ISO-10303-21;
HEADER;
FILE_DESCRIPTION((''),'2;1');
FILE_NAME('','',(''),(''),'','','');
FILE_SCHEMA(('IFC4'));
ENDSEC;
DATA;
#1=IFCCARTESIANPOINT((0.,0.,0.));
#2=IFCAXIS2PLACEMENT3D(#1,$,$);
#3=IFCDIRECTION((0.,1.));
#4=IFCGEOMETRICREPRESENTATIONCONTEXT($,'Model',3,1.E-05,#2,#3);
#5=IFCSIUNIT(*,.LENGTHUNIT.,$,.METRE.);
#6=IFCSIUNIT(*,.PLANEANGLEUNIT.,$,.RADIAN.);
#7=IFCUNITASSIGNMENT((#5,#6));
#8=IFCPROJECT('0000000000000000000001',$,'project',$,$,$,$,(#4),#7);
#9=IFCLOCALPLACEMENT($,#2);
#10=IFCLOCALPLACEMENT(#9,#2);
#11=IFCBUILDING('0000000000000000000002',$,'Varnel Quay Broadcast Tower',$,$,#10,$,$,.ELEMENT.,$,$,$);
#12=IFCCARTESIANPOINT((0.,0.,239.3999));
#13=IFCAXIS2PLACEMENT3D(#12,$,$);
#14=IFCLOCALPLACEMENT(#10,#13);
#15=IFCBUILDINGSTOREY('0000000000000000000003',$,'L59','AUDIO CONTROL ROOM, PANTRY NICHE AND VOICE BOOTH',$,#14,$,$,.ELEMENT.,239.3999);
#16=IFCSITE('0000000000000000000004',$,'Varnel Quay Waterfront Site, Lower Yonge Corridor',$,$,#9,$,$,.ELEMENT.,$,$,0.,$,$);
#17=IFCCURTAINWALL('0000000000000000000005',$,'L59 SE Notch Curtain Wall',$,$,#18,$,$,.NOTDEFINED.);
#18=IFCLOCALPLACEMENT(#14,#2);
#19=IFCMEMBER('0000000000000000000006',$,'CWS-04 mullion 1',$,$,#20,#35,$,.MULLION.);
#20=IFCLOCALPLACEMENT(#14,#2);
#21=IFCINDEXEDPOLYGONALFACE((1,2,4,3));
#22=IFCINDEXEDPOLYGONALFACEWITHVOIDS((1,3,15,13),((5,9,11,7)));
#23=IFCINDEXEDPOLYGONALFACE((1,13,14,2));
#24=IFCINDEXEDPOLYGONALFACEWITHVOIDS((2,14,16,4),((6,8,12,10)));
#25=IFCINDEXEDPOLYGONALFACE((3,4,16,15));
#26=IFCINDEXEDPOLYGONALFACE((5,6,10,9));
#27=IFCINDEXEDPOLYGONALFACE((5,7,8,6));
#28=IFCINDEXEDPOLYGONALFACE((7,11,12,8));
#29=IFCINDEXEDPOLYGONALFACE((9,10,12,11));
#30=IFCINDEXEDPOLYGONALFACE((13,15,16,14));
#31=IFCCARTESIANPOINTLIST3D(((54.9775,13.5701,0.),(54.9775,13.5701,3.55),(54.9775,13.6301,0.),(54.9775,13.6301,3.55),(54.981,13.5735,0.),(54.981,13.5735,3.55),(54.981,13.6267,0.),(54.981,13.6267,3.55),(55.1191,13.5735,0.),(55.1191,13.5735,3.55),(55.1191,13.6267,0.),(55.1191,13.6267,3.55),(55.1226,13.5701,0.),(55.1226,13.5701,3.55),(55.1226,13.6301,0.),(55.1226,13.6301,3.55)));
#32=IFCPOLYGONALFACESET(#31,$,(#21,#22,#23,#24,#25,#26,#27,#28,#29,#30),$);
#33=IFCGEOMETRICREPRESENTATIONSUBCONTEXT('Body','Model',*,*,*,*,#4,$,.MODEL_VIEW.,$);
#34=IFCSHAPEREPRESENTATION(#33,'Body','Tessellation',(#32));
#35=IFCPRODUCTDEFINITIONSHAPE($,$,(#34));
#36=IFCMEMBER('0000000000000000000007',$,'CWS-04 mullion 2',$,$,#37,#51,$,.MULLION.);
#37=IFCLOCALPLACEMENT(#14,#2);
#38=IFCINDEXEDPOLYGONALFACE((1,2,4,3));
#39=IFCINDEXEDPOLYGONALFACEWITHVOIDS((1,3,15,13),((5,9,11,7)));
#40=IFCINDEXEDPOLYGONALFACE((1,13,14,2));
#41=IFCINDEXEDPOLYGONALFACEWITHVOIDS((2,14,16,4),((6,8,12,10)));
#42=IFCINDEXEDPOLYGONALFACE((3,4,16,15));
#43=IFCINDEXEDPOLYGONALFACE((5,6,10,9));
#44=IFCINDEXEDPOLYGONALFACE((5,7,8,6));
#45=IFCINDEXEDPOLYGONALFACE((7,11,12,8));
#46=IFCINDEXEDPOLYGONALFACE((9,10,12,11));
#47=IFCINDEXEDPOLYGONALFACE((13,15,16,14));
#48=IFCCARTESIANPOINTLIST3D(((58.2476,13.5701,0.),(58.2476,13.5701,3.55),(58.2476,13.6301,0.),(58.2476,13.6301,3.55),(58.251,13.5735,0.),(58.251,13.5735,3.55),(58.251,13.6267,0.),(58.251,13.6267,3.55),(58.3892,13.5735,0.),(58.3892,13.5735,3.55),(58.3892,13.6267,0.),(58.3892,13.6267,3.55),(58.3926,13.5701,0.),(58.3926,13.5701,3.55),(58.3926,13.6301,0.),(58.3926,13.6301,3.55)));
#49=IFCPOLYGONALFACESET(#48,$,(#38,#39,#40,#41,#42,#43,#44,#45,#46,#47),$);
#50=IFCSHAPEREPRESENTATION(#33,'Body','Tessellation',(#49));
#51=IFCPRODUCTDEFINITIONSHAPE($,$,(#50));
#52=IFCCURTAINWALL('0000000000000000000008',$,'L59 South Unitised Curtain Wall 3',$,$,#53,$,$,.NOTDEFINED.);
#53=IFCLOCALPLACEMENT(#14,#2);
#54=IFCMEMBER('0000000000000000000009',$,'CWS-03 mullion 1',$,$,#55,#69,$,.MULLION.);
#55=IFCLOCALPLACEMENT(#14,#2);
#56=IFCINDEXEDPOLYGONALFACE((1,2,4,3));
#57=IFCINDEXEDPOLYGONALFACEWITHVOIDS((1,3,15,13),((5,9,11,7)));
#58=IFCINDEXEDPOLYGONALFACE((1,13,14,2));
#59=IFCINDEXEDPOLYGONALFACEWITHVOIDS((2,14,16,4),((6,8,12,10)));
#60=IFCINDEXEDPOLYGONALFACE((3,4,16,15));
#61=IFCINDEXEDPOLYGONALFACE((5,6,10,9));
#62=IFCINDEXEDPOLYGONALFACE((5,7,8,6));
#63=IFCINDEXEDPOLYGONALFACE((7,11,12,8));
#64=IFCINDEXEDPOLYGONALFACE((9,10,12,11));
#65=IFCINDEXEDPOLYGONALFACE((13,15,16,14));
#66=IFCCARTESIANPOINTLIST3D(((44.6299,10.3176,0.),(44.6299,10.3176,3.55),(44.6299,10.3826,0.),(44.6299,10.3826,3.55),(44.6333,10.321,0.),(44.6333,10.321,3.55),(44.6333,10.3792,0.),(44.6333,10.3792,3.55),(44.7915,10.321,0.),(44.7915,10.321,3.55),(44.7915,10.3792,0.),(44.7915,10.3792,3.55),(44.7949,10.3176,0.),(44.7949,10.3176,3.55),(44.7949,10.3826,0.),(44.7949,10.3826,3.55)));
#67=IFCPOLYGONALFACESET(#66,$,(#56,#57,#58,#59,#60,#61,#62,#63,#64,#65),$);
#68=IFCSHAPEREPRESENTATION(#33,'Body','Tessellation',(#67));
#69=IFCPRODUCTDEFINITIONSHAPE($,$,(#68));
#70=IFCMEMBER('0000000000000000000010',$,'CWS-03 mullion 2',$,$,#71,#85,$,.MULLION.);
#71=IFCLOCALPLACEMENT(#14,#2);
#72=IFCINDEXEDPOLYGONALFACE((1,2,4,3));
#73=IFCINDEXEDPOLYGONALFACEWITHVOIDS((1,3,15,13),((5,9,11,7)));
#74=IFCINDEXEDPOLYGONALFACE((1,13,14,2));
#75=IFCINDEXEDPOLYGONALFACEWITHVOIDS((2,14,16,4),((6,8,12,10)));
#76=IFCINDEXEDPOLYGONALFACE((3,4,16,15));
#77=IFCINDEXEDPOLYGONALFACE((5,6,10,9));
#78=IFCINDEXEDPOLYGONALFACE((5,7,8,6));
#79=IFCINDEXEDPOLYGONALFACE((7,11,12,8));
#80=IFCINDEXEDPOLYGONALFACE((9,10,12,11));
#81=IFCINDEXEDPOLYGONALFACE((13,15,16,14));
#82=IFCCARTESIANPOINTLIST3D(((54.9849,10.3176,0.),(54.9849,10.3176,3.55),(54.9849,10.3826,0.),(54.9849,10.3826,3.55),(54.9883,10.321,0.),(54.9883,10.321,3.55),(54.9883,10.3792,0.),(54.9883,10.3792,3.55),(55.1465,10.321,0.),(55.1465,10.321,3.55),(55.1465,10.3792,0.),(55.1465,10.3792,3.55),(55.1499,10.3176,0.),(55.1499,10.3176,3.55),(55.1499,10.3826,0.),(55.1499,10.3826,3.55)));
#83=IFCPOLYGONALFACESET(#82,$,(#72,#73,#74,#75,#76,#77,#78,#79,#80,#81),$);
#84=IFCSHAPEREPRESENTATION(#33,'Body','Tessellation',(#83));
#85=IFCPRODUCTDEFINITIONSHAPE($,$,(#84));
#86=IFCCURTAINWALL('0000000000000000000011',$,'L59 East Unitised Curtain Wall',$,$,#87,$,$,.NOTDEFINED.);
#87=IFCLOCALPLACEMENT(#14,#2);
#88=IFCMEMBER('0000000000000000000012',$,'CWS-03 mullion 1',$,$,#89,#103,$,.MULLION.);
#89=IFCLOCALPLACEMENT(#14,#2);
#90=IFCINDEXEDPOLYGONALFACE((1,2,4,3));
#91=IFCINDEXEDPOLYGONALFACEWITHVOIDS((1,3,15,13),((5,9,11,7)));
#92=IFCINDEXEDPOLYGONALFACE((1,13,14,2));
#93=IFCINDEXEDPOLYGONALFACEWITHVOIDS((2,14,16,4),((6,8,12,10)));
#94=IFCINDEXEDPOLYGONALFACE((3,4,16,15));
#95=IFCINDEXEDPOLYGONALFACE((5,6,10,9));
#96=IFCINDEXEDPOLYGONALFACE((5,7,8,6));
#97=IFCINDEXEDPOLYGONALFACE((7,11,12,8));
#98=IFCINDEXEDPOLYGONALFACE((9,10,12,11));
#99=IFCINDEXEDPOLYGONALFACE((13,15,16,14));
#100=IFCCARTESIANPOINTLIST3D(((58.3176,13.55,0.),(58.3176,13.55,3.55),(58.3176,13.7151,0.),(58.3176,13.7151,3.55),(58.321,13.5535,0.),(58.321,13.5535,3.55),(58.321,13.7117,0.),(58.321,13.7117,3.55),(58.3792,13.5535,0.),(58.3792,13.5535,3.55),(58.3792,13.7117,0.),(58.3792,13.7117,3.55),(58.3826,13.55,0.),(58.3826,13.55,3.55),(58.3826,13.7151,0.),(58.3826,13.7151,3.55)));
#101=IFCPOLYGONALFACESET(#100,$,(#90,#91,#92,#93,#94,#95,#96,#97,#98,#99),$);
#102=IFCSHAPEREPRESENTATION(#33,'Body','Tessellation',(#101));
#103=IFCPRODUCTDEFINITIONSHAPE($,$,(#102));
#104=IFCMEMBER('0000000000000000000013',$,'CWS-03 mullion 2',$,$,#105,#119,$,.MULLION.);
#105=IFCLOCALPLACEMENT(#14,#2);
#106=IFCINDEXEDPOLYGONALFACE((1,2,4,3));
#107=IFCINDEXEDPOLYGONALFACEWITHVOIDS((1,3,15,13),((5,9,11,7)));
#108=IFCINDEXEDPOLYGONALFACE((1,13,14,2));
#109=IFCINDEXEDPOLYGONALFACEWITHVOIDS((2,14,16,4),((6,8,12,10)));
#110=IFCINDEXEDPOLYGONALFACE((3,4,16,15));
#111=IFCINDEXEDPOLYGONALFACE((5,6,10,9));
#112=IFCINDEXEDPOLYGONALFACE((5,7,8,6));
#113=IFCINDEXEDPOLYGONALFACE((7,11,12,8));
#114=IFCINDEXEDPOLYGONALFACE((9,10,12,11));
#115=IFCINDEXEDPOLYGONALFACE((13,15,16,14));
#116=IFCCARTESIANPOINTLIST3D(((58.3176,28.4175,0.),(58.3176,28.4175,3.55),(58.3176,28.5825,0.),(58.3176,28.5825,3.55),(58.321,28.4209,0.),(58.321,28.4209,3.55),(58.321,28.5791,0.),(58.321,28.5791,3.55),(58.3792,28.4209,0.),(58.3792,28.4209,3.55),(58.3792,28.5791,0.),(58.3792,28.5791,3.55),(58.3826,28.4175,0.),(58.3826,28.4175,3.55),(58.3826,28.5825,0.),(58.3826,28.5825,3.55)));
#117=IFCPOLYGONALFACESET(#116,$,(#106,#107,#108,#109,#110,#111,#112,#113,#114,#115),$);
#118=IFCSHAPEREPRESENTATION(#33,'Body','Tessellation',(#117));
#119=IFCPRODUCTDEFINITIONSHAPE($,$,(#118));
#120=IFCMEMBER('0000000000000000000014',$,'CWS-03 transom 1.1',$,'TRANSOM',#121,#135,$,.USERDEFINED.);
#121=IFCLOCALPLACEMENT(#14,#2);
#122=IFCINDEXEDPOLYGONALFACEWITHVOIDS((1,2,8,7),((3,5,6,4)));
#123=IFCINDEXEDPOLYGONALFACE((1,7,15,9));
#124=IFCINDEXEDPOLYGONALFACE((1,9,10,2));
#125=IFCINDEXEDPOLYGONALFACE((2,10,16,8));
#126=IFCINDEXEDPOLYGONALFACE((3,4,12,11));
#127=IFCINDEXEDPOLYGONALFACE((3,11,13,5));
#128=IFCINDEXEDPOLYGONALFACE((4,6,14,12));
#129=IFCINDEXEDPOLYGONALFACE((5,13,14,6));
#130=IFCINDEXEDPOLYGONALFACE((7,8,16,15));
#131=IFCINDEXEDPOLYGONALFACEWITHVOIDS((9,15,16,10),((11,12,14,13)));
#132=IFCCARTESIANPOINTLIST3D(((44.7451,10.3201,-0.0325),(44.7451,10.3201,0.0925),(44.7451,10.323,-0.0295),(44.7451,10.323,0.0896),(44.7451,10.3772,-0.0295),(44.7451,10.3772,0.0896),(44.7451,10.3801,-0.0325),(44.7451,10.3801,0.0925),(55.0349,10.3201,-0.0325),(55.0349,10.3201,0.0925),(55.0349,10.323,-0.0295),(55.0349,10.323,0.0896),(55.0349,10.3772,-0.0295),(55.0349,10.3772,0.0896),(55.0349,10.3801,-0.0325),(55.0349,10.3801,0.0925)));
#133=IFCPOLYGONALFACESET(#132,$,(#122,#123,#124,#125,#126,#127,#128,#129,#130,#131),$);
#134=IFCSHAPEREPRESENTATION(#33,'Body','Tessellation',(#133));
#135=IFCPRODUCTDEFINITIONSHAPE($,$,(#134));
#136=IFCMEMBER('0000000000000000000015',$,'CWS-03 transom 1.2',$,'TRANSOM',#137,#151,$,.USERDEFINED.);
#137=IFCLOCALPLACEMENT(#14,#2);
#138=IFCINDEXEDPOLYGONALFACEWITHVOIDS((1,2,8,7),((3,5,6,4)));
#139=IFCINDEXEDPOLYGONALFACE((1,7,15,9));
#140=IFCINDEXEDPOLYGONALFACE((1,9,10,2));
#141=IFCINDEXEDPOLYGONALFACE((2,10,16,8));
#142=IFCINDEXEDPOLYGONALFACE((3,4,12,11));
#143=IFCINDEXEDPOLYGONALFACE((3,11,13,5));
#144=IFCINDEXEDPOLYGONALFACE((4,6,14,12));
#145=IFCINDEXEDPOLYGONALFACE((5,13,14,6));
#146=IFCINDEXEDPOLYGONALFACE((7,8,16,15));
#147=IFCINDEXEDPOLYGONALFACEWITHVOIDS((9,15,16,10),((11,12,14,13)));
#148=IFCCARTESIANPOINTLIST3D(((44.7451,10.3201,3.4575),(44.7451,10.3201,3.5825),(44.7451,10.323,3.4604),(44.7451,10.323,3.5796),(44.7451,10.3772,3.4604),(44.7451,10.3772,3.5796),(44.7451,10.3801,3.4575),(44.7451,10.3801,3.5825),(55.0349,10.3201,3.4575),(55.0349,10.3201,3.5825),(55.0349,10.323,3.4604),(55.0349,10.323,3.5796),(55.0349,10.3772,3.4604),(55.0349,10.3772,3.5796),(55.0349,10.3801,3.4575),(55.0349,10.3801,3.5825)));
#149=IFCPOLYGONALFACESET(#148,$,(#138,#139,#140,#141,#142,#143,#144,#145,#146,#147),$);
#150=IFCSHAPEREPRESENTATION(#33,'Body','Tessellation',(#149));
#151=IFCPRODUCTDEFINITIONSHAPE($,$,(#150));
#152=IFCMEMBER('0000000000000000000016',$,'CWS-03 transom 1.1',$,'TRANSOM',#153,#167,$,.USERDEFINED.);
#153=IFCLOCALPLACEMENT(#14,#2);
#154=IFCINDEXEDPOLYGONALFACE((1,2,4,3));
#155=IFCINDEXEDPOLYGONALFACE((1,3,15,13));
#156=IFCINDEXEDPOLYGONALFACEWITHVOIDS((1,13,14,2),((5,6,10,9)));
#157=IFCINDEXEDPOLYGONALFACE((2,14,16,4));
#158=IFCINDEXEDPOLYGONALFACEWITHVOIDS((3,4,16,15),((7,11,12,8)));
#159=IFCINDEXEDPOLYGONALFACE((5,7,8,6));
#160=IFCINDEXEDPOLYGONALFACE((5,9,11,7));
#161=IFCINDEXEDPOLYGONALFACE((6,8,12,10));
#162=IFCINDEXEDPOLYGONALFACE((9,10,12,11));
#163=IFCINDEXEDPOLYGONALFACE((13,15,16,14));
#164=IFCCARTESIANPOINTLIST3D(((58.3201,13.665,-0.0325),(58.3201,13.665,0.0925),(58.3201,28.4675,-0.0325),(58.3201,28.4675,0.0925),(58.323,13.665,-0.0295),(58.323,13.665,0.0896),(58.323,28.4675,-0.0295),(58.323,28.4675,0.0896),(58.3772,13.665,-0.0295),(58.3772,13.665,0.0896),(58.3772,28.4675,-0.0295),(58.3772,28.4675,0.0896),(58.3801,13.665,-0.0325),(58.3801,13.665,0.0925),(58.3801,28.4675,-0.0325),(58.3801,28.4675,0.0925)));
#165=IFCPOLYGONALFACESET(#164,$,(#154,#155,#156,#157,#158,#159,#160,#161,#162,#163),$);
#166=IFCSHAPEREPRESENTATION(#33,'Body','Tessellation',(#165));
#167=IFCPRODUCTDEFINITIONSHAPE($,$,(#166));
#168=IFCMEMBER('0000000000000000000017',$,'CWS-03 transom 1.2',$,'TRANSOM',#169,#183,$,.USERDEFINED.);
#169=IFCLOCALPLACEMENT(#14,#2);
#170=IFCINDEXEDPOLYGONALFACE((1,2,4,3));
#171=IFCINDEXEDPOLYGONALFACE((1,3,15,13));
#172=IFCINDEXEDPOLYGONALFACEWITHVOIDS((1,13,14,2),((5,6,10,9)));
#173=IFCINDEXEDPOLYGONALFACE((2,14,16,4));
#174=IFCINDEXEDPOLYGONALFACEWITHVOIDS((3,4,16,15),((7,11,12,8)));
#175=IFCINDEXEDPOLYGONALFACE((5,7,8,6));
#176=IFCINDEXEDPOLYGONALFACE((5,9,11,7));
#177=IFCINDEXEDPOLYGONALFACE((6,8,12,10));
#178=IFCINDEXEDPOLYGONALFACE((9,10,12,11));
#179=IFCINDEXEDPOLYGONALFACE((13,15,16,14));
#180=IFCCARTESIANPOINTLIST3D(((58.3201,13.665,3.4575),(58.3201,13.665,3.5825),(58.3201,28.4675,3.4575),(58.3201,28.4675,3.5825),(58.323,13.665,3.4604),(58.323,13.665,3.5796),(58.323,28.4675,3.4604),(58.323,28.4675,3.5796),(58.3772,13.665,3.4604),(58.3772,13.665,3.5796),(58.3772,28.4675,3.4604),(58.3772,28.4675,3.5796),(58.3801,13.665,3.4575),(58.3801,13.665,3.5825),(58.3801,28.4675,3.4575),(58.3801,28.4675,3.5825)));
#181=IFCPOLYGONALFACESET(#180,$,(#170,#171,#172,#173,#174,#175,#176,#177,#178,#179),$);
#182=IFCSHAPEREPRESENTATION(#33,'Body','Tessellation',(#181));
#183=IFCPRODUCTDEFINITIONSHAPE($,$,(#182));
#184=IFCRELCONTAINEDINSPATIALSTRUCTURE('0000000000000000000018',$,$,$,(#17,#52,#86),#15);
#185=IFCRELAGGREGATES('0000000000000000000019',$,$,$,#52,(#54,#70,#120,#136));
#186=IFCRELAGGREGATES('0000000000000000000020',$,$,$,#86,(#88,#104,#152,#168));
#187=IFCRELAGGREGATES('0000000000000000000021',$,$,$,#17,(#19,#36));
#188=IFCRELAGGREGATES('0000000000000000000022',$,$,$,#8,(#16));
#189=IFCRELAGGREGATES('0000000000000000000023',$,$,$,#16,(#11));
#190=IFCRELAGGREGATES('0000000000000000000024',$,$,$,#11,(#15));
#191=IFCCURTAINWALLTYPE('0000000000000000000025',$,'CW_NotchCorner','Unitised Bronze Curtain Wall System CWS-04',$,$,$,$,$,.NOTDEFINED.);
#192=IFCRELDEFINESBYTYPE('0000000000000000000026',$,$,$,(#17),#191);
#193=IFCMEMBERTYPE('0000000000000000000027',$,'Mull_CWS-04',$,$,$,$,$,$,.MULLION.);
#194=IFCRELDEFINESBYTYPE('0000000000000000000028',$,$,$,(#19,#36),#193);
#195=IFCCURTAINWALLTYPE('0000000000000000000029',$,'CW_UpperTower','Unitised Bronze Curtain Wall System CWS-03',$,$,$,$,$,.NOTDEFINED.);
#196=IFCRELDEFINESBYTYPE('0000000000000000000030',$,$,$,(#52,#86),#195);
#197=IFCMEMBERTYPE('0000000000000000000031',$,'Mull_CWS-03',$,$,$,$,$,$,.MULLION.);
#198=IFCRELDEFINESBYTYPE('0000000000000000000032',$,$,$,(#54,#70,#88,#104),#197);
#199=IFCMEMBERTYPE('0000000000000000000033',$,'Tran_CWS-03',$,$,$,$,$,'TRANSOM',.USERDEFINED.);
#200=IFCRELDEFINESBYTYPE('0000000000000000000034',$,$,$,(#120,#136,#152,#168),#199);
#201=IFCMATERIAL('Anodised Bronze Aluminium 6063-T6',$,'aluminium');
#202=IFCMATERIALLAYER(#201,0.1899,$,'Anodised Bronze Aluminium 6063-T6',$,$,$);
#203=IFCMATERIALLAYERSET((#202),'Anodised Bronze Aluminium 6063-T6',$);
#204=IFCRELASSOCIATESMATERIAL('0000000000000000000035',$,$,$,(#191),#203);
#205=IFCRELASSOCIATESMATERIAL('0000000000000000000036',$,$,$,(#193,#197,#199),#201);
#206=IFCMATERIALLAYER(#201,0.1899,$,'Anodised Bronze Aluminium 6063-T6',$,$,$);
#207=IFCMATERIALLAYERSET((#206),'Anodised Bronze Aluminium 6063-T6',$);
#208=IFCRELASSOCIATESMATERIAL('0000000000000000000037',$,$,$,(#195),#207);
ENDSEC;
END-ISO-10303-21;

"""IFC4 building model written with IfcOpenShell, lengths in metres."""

from ifc_helpers import new_model, si_unit, direction, frame, origin, origin_2d, place, context, subcontext, project, spatial, hollow_rectangle, extrude, source, transform, mapped, material, layer, layer_set, material_profile, profile_set, type_object, type_shapes, element, aggregate, save


model = new_model("IFC4")

# Units and contexts
model_context = context("Model", 3, precision=1e-05, world=origin(), true_north=direction((0.0, 1.0)))
body_context = subcontext(model_context, "Body", "Model", "MODEL_VIEW")
ifc_project = project(units=[si_unit("LENGTHUNIT", "METRE"), si_unit("PLANEANGLEUNIT", "RADIAN")], contexts=[model_context])

# Site, building, storey
site_placement = place(None, origin())
site = spatial("IfcSite", under=ifc_project, at=site_placement, Name="Varnel Quay Waterfront Site, Lower Yonge Corridor", CompositionType="ELEMENT", RefElevation=0.0)
building_placement = place(site_placement, origin())
building = spatial("IfcBuilding", under=site, at=building_placement, Name="Varnel Quay Broadcast Tower", CompositionType="ELEMENT")
storey_placement = place(building_placement, frame((0.0, 0.0, 239.3999)))
storey = spatial("IfcBuildingStorey", under=building, at=storey_placement, Name="L59", Description="AUDIO CONTROL ROOM, PANTRY NICHE AND VOICE BOOTH", CompositionType="ELEMENT", Elevation=239.3999)

# Curtain walls, members
ifc_material_1 = material(Name="Anodised Bronze Aluminium 6063-T6", Category="aluminium")
ifc_layer_1 = layer(ifc_material_1, 0.1899, Name="Anodised Bronze Aluminium 6063-T6")
ifc_layer_set_1 = layer_set([ifc_layer_1], Name="Anodised Bronze Aluminium 6063-T6")
curtain_wall_type_1 = type_object("IfcCurtainWallType", Name="CW_NotchCorner", Description="Unitised Bronze Curtain Wall System CWS-04", PredefinedType="NOTDEFINED", material=ifc_layer_set_1)
curtain_wall_1_placement = place(storey_placement, origin())
curtain_wall_1 = element("IfcCurtainWall", 1, at=curtain_wall_1_placement, inside=storey, type_object=curtain_wall_type_1, Name="L59 SE Notch Curtain Wall", PredefinedType="NOTDEFINED")
ifc_material_profile_1 = material_profile(ifc_material_1, hollow_rectangle(XDim=0.0601, YDim=0.145, WallThickness=0.0034, at=origin_2d()), Name="ALU60X145X3.5")
ifc_profile_set_1 = profile_set([ifc_material_profile_1], Name="Anodised Bronze Aluminium 6063-T6")
member_type_1 = type_object("IfcMemberType", Name="Mull_CWS-04", PredefinedType="MULLION", material=ifc_profile_set_1)
shared_shape_1 = source(origin(), body_context, "Body", "SweptSolid", [
    extrude(hollow_rectangle(XDim=0.0601, YDim=0.145, WallThickness=0.0034, at=origin_2d()), origin(), (0.0, 0.0, 1.0), 3.55),
])
type_shapes(member_type_1, [shared_shape_1])
member_1_placement = place(storey_placement, frame((55.05, 13.6001, 0.0), z_axis=(0.0, 0.0, 1.0), x_axis=(0.0, 1.0, 0.0)))
member_1 = element("IfcMember", 2, at=member_1_placement, type_object=member_type_1, Name="CWS-04 mullion 1", PredefinedType="MULLION", context=body_context, shape_type="MappedRepresentation", body=[
    mapped(shared_shape_1, transform((0.0, 0.0, 0.0), x_axis=(1.0, 0.0, 0.0), y_axis=(0.0, 1.0, 0.0), z_axis=(0.0, 0.0, 1.0), scale=1.0)),
])
member_2_placement = place(storey_placement, frame((58.3201, 13.6001, 0.0), z_axis=(0.0, 0.0, 1.0), x_axis=(0.0, 1.0, 0.0)))
member_2 = element("IfcMember", 3, at=member_2_placement, type_object=member_type_1, Name="CWS-04 mullion 2", PredefinedType="MULLION", context=body_context, shape_type="MappedRepresentation", body=[
    mapped(shared_shape_1, transform((0.0, 0.0, 0.0), x_axis=(1.0, 0.0, 0.0), y_axis=(0.0, 1.0, 0.0), z_axis=(0.0, 0.0, 1.0), scale=1.0)),
])
ifc_layer_2 = layer(ifc_material_1, 0.1899, Name="Anodised Bronze Aluminium 6063-T6")
ifc_layer_set_2 = layer_set([ifc_layer_2], Name="Anodised Bronze Aluminium 6063-T6")
curtain_wall_type_2 = type_object("IfcCurtainWallType", Name="CW_UpperTower", Description="Unitised Bronze Curtain Wall System CWS-03", PredefinedType="NOTDEFINED", material=ifc_layer_set_2)
curtain_wall_2_placement = place(storey_placement, origin())
curtain_wall_2 = element("IfcCurtainWall", 4, at=curtain_wall_2_placement, inside=storey, type_object=curtain_wall_type_2, Name="L59 South Unitised Curtain Wall 3", PredefinedType="NOTDEFINED")
ifc_material_profile_2 = material_profile(ifc_material_1, hollow_rectangle(XDim=0.0649, YDim=0.165, WallThickness=0.0034, at=origin_2d()), Name="ALU65X165X3.5")
ifc_profile_set_2 = profile_set([ifc_material_profile_2], Name="Anodised Bronze Aluminium 6063-T6")
member_type_2 = type_object("IfcMemberType", Name="Mull_CWS-03", PredefinedType="MULLION", material=ifc_profile_set_2)
shared_shape_2 = source(origin(), body_context, "Body", "SweptSolid", [
    extrude(hollow_rectangle(XDim=0.0649, YDim=0.165, WallThickness=0.0034, at=origin_2d()), origin(), (0.0, 0.0, 1.0), 3.55),
])
type_shapes(member_type_2, [shared_shape_2])
member_3_placement = place(storey_placement, frame((44.7124, 10.3501, 0.0), z_axis=(0.0, 0.0, 1.0), x_axis=(0.0, 1.0, 0.0)))
member_3 = element("IfcMember", 5, at=member_3_placement, type_object=member_type_2, Name="CWS-03 mullion 1", PredefinedType="MULLION", context=body_context, shape_type="MappedRepresentation", body=[
    mapped(shared_shape_2, transform((0.0, 0.0, 0.0), x_axis=(1.0, 0.0, 0.0), y_axis=(0.0, 1.0, 0.0), z_axis=(0.0, 0.0, 1.0), scale=1.0)),
])
member_4_placement = place(storey_placement, frame((55.0674, 10.3501, 0.0), z_axis=(0.0, 0.0, 1.0), x_axis=(0.0, 1.0, 0.0)))
member_4 = element("IfcMember", 6, at=member_4_placement, type_object=member_type_2, Name="CWS-03 mullion 2", PredefinedType="MULLION", context=body_context, shape_type="MappedRepresentation", body=[
    mapped(shared_shape_2, transform((0.0, 0.0, 0.0), x_axis=(1.0, 0.0, 0.0), y_axis=(0.0, 1.0, 0.0), z_axis=(0.0, 0.0, 1.0), scale=1.0)),
])
curtain_wall_3_placement = place(storey_placement, origin())
curtain_wall_3 = element("IfcCurtainWall", 7, at=curtain_wall_3_placement, inside=storey, type_object=curtain_wall_type_2, Name="L59 East Unitised Curtain Wall", PredefinedType="NOTDEFINED")
member_5_placement = place(storey_placement, frame((58.3501, 13.6326, 0.0), z_axis=(0.0, 0.0, 1.0), x_axis=(-1.0, 0.0, 0.0)))
member_5 = element("IfcMember", 8, at=member_5_placement, type_object=member_type_2, Name="CWS-03 mullion 1", PredefinedType="MULLION", context=body_context, shape_type="MappedRepresentation", body=[
    mapped(shared_shape_2, transform((0.0, 0.0, 0.0), x_axis=(1.0, 0.0, 0.0), y_axis=(0.0, 1.0, 0.0), z_axis=(0.0, 0.0, 1.0), scale=1.0)),
])
member_6_placement = place(storey_placement, frame((58.3501, 28.5, 0.0), z_axis=(0.0, 0.0, 1.0), x_axis=(-1.0, 0.0, 0.0)))
member_6 = element("IfcMember", 9, at=member_6_placement, type_object=member_type_2, Name="CWS-03 mullion 2", PredefinedType="MULLION", context=body_context, shape_type="MappedRepresentation", body=[
    mapped(shared_shape_2, transform((0.0, 0.0, 0.0), x_axis=(1.0, 0.0, 0.0), y_axis=(0.0, 1.0, 0.0), z_axis=(0.0, 0.0, 1.0), scale=1.0)),
])

# Members
ifc_material_profile_3 = material_profile(ifc_material_1, hollow_rectangle(XDim=0.0601, YDim=0.125, WallThickness=0.0029, at=origin_2d()), Name="ALU60X125X3")
ifc_profile_set_3 = profile_set([ifc_material_profile_3], Name="Anodised Bronze Aluminium 6063-T6")
member_type_3 = type_object("IfcMemberType", Name="Tran_CWS-03", ElementType="TRANSOM", PredefinedType="USERDEFINED", material=ifc_profile_set_3)
shared_shape_3 = source(origin(), body_context, "Body", "SweptSolid", [
    extrude(hollow_rectangle(XDim=0.0601, YDim=0.125, WallThickness=0.0029, at=origin_2d()), origin(), (0.0, 0.0, 1.0), 10.2898),
])
member_7_placement = place(storey_placement, frame((44.7451, 10.3501, 0.03), z_axis=(1.0, 0.0, 0.0), x_axis=(0.0, 1.0, 0.0)))
member_7 = element("IfcMember", 10, at=member_7_placement, type_object=member_type_3, Name="CWS-03 transom 1.1", ObjectType="TRANSOM", PredefinedType="USERDEFINED", context=body_context, shape_type="MappedRepresentation", body=[
    mapped(shared_shape_3, transform((0.0, 0.0, 0.0), x_axis=(1.0, 0.0, 0.0), y_axis=(0.0, 1.0, 0.0), z_axis=(0.0, 0.0, 1.0), scale=1.0)),
])
member_8_placement = place(storey_placement, frame((44.7451, 10.3501, 3.52), z_axis=(1.0, 0.0, 0.0), x_axis=(0.0, 1.0, 0.0)))
member_8 = element("IfcMember", 11, at=member_8_placement, type_object=member_type_3, Name="CWS-03 transom 1.2", ObjectType="TRANSOM", PredefinedType="USERDEFINED", context=body_context, shape_type="MappedRepresentation", body=[
    mapped(shared_shape_3, transform((0.0, 0.0, 0.0), x_axis=(1.0, 0.0, 0.0), y_axis=(0.0, 1.0, 0.0), z_axis=(0.0, 0.0, 1.0), scale=1.0)),
])
shared_shape_4 = source(origin(), body_context, "Body", "SweptSolid", [
    extrude(hollow_rectangle(XDim=0.0601, YDim=0.125, WallThickness=0.0029, at=origin_2d()), origin(), (0.0, 0.0, 1.0), 14.8025),
])
type_shapes(member_type_3, [shared_shape_3, shared_shape_4])
member_9_placement = place(storey_placement, frame((58.3501, 13.665, 0.03), z_axis=(0.0, 1.0, 0.0), x_axis=(-1.0, 0.0, 0.0)))
member_9 = element("IfcMember", 12, at=member_9_placement, type_object=member_type_3, Name="CWS-03 transom 1.1", ObjectType="TRANSOM", PredefinedType="USERDEFINED", context=body_context, shape_type="MappedRepresentation", body=[
    mapped(shared_shape_4, transform((0.0, 0.0, 0.0), x_axis=(1.0, 0.0, 0.0), y_axis=(0.0, 1.0, 0.0), z_axis=(0.0, 0.0, 1.0), scale=1.0)),
])
member_10_placement = place(storey_placement, frame((58.3501, 13.665, 3.52), z_axis=(0.0, 1.0, 0.0), x_axis=(-1.0, 0.0, 0.0)))
member_10 = element("IfcMember", 13, at=member_10_placement, type_object=member_type_3, Name="CWS-03 transom 1.2", ObjectType="TRANSOM", PredefinedType="USERDEFINED", context=body_context, shape_type="MappedRepresentation", body=[
    mapped(shared_shape_4, transform((0.0, 0.0, 0.0), x_axis=(1.0, 0.0, 0.0), y_axis=(0.0, 1.0, 0.0), z_axis=(0.0, 0.0, 1.0), scale=1.0)),
])

aggregate(curtain_wall_2, [member_3, member_4, member_7, member_8])
aggregate(curtain_wall_3, [member_5, member_6, member_9, member_10])
aggregate(curtain_wall_1, [member_1, member_2])

save(model, "model.ifc")
